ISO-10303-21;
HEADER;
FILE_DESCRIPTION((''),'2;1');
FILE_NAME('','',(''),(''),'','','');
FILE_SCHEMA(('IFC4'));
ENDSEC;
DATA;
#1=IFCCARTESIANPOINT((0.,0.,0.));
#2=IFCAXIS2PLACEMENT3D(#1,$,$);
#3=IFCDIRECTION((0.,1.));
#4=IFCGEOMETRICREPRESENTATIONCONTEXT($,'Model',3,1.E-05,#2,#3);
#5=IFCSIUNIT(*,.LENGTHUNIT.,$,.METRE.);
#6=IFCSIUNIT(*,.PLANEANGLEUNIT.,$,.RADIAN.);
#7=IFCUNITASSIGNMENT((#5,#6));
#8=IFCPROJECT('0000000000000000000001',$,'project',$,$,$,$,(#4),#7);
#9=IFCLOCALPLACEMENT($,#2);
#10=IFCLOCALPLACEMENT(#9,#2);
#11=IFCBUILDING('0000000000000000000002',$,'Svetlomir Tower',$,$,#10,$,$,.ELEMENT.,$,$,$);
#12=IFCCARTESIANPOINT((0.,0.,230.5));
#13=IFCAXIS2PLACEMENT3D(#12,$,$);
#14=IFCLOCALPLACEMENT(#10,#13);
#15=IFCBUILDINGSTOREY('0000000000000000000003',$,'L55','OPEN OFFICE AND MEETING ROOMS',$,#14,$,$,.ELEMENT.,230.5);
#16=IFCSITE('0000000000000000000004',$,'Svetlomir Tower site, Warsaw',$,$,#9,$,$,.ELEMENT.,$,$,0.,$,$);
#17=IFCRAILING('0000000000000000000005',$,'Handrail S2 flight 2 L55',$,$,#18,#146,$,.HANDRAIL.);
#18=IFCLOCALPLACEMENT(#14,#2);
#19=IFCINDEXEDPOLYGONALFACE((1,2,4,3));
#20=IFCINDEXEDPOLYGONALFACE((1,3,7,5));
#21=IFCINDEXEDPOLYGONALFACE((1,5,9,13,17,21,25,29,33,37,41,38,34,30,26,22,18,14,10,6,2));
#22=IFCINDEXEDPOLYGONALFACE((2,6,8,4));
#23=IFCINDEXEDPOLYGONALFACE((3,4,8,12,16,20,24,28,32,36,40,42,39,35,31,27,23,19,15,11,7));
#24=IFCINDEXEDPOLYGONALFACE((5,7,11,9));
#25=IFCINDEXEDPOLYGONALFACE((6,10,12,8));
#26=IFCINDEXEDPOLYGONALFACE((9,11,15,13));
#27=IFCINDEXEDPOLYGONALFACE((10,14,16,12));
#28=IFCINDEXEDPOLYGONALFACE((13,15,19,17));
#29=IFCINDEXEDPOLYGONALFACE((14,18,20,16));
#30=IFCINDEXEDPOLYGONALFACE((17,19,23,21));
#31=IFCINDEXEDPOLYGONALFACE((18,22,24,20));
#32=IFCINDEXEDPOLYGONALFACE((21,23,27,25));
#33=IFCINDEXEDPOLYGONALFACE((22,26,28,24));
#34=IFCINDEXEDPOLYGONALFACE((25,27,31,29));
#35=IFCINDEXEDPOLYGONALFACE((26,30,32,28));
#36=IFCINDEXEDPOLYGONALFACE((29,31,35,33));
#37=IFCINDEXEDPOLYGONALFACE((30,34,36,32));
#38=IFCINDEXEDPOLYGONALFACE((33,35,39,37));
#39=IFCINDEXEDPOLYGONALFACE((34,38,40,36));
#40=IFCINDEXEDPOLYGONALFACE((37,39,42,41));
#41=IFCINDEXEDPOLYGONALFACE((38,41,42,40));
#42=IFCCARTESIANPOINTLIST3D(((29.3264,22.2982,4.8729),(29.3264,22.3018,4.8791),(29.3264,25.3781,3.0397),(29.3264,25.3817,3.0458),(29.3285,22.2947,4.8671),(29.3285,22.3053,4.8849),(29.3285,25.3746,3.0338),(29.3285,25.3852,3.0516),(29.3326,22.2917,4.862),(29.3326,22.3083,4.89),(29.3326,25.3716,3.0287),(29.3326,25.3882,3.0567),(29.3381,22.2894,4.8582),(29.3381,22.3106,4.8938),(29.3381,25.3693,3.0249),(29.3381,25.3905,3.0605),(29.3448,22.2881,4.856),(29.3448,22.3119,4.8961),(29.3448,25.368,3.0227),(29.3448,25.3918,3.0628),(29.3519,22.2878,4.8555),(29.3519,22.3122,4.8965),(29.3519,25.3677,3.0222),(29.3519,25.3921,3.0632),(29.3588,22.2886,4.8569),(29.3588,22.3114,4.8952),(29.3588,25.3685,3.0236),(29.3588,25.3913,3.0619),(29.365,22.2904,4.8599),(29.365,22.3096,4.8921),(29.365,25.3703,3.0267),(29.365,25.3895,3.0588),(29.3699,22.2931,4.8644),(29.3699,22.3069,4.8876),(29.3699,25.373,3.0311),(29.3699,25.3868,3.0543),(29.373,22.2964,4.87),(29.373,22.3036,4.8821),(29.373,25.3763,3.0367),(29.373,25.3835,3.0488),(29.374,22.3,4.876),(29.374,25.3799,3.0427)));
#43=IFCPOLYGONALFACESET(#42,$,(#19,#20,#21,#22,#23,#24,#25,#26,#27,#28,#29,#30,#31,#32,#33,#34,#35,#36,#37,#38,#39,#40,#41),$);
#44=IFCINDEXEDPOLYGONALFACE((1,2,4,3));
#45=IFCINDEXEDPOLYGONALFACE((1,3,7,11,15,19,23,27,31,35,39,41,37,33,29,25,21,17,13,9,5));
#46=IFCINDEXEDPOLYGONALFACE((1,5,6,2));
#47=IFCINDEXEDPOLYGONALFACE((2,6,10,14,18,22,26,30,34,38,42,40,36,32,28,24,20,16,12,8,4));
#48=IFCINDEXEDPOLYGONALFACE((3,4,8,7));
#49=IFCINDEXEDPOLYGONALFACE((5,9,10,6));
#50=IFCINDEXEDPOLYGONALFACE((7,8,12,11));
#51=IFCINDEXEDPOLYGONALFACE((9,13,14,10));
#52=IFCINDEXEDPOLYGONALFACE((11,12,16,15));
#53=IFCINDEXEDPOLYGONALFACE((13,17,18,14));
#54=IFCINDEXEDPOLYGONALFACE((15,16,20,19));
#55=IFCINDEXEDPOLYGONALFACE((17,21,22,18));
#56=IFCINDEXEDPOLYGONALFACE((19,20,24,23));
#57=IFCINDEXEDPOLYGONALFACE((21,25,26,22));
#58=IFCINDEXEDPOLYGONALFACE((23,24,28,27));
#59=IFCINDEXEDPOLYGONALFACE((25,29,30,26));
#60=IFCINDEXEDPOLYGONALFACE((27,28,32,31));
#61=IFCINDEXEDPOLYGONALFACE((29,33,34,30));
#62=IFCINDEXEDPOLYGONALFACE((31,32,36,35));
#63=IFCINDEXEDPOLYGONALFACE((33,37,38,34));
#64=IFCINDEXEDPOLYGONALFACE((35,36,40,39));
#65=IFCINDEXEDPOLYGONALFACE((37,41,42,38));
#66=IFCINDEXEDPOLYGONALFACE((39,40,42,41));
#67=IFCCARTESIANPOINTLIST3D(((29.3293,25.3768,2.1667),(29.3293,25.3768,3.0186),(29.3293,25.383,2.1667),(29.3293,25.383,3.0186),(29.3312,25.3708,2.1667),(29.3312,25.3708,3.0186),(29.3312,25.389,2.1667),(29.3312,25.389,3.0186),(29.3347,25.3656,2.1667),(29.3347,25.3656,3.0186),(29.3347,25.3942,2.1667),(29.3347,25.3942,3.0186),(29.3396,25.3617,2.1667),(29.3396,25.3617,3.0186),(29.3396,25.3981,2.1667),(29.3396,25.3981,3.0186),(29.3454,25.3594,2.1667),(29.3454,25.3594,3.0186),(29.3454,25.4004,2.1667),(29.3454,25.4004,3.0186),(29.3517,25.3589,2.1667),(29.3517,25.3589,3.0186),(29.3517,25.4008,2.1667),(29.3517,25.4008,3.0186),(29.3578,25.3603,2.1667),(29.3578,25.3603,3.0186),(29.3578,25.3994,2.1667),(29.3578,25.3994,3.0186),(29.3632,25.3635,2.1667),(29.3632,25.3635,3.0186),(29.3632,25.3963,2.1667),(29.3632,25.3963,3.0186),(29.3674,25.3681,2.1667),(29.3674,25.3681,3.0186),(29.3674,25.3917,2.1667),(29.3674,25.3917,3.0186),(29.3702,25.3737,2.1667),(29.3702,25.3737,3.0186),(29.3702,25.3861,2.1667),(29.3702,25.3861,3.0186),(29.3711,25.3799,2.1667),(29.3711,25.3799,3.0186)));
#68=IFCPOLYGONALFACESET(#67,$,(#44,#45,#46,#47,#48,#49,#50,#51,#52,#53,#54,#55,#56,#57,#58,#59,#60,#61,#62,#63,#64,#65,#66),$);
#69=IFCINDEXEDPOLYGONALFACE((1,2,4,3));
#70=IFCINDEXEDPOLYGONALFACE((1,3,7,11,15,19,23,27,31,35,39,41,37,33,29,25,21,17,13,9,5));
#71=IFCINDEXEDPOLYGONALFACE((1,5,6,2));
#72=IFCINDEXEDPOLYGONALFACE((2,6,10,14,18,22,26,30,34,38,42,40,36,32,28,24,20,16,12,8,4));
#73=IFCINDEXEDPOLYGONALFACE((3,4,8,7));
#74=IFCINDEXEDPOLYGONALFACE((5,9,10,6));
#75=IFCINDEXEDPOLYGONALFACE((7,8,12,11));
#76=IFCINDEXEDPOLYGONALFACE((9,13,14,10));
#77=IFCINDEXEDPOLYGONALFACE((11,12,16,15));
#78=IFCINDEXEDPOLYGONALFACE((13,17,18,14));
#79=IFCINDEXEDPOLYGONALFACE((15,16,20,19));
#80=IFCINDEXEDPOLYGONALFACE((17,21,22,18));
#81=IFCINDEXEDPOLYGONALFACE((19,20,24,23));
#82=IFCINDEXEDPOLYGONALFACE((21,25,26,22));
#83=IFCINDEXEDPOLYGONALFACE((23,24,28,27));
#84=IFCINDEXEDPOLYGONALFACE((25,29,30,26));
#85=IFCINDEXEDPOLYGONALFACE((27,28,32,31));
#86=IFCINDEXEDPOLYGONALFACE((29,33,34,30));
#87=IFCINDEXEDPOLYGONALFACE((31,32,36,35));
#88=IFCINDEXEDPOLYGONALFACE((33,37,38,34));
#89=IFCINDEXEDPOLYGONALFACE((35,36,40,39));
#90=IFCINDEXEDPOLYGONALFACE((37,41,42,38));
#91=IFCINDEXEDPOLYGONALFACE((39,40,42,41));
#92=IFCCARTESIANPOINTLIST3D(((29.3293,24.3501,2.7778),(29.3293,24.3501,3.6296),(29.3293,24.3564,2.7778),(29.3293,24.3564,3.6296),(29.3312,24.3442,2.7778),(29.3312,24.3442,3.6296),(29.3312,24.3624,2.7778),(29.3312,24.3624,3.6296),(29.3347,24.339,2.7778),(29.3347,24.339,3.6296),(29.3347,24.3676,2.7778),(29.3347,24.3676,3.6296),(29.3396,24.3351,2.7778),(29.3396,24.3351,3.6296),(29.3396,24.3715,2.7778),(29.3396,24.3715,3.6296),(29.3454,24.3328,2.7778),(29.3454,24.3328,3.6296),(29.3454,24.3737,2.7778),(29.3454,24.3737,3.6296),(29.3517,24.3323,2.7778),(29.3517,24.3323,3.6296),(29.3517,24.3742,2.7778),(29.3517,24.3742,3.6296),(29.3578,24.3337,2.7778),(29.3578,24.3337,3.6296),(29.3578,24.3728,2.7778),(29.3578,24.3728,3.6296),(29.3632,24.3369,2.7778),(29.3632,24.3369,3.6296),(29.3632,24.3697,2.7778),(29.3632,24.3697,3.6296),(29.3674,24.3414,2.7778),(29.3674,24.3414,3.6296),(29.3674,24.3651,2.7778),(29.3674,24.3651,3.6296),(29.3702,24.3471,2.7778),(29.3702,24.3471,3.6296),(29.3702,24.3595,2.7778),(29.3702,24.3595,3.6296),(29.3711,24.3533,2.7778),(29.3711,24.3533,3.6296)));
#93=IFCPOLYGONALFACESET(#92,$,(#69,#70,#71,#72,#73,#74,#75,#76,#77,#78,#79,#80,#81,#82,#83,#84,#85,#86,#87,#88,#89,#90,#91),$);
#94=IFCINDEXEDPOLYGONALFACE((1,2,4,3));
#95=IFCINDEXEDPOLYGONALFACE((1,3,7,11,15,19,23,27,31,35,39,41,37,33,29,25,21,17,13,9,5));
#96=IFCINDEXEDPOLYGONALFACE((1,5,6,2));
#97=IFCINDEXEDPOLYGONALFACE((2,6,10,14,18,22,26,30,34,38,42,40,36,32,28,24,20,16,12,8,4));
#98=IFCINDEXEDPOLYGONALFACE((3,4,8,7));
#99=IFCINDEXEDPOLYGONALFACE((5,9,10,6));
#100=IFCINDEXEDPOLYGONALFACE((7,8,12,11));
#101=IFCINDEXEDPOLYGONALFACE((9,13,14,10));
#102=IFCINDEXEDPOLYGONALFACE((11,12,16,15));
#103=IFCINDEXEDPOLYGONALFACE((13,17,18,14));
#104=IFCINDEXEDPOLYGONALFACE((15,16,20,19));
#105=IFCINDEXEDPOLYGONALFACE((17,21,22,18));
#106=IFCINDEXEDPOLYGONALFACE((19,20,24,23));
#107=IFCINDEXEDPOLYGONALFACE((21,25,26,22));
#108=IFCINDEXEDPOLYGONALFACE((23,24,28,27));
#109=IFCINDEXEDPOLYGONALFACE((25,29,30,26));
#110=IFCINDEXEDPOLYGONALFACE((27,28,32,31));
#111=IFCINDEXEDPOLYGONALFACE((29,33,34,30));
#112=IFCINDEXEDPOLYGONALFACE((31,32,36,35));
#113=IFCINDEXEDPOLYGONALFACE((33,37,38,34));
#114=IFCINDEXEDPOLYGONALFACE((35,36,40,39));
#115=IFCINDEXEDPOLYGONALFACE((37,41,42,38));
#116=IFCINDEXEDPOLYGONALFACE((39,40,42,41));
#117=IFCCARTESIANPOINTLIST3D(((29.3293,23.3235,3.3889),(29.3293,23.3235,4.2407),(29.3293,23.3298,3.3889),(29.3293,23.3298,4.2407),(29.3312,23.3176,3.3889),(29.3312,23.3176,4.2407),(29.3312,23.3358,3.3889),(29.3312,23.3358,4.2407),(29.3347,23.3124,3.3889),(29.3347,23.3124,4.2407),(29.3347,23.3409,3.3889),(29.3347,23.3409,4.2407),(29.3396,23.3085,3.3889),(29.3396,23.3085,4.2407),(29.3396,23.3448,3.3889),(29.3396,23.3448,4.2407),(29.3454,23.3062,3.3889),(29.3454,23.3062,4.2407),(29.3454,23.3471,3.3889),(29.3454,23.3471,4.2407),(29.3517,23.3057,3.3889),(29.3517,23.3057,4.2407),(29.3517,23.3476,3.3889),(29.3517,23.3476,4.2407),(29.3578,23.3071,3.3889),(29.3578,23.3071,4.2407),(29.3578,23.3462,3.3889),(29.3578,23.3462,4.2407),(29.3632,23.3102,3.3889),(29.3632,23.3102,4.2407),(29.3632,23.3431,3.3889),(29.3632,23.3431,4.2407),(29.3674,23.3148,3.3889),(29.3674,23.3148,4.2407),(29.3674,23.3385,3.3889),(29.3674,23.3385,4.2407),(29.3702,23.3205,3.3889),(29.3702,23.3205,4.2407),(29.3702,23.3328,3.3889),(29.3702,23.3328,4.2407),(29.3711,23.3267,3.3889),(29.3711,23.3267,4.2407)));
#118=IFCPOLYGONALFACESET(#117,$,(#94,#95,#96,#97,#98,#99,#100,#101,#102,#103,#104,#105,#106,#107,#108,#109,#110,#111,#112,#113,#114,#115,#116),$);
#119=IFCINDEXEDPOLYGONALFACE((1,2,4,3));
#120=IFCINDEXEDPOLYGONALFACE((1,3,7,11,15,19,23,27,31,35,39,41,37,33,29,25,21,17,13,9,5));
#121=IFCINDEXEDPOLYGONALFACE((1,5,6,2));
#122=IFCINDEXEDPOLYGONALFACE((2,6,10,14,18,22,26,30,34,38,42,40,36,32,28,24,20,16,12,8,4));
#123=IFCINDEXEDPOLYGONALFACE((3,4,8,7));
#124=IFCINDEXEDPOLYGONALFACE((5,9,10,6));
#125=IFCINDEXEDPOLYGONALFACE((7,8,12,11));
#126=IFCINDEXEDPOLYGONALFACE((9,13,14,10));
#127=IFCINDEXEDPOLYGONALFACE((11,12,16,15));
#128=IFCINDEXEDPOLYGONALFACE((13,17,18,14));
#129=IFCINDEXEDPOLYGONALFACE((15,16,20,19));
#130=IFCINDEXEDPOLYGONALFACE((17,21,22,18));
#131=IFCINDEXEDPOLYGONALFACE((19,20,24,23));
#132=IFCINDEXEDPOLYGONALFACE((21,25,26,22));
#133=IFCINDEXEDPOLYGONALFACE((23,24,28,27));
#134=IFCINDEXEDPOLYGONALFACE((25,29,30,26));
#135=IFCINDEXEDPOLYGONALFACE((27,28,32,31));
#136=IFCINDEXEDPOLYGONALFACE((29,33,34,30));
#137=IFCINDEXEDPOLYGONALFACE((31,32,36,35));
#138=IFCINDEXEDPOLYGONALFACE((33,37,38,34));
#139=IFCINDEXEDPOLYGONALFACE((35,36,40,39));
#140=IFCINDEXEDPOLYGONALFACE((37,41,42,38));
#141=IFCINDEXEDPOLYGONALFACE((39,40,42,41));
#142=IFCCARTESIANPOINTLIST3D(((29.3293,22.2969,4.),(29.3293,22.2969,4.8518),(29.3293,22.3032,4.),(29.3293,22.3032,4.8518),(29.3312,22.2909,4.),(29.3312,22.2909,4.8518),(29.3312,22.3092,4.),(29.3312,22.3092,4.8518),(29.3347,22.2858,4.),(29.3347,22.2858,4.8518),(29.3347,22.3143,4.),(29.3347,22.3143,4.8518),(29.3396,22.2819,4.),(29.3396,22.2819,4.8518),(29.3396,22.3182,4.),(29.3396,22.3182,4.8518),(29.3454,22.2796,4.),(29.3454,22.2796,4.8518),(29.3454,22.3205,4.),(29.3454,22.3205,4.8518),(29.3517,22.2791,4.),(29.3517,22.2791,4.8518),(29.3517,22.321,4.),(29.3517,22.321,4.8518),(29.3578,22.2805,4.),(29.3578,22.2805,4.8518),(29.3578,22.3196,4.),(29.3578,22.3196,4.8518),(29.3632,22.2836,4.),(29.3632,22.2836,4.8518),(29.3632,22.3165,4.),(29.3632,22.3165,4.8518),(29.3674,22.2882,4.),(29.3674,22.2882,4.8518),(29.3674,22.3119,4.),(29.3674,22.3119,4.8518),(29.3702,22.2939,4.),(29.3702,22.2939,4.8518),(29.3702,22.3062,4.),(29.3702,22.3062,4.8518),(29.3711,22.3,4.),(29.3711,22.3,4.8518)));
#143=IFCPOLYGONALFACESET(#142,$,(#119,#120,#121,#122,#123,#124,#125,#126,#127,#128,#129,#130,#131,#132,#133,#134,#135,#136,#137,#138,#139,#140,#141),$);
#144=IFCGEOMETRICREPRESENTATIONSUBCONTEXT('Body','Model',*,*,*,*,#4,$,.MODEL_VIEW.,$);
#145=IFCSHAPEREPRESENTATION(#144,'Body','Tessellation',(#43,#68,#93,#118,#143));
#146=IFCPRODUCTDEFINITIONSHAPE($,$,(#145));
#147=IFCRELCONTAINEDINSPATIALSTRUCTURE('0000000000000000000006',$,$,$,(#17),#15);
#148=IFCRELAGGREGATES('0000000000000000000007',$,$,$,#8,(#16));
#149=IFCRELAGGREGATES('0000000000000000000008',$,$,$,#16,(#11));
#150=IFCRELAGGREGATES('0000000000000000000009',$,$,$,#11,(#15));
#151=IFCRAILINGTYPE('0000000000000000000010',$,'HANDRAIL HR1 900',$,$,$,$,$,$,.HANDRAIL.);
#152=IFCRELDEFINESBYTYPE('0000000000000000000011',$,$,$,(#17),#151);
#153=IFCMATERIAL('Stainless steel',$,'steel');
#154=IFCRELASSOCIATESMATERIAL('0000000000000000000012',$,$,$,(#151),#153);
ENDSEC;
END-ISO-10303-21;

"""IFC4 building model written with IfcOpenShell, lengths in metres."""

from ifc_helpers import new_model, si_unit, direction, frame, origin, origin_2d, place, context, subcontext, project, spatial, circle, extrude, material, type_object, element, save


model = new_model("IFC4")

# Units and contexts
model_context = context("Model", 3, precision=1e-05, world=origin(), true_north=direction((0.0, 1.0)))
body_context = subcontext(model_context, "Body", "Model", "MODEL_VIEW")
ifc_project = project(units=[si_unit("LENGTHUNIT", "METRE"), si_unit("PLANEANGLEUNIT", "RADIAN")], contexts=[model_context])

# Site, building, storey
site_placement = place(None, origin())
site = spatial("IfcSite", under=ifc_project, at=site_placement, Name="Svetlomir Tower site, Warsaw", CompositionType="ELEMENT", RefElevation=0.0)
building_placement = place(site_placement, origin())
building = spatial("IfcBuilding", under=site, at=building_placement, Name="Svetlomir Tower", CompositionType="ELEMENT")
storey_placement = place(building_placement, frame((0.0, 0.0, 230.5)))
storey = spatial("IfcBuildingStorey", under=building, at=storey_placement, Name="L55", Description="OPEN OFFICE AND MEETING ROOMS", CompositionType="ELEMENT", Elevation=230.5)

# Railing
ifc_material_1 = material(Name="Stainless steel", Category="steel")
railing_type = type_object("IfcRailingType", Name="HANDRAIL HR1 900", PredefinedType="HANDRAIL", material=ifc_material_1)
railing_1_placement = place(storey_placement, frame((29.3501, 25.3799, 2.1667)))
element("IfcRailing", 1, at=railing_1_placement, inside=storey, type_object=railing_type, Name="Handrail S2 flight 2 L55", PredefinedType="HANDRAIL", context=body_context, shape_type="SweptSolid", body=[
    extrude(circle(Radius=0.0239, at=origin_2d()), frame((0.0, 0.0, 0.876), z_axis=(0.0, -0.859291, 0.511487), x_axis=(1.0, 0.0, 0.0)), (0.0, 0.0, 1.0), 3.5842),
    extrude(circle(Radius=0.021, at=origin_2d()), origin(), (0.0, 0.0, 1.0), 0.8518),
    extrude(circle(Radius=0.021, at=origin_2d()), frame((0.0, -1.0266, 0.6111)), (0.0, 0.0, 1.0), 0.8518),
    extrude(circle(Radius=0.021, at=origin_2d()), frame((0.0, -2.0532, 1.2222)), (0.0, 0.0, 1.0), 0.8518),
    extrude(circle(Radius=0.021, at=origin_2d()), frame((0.0, -3.0798, 1.8333)), (0.0, 0.0, 1.0), 0.8518),
])

save(model, "model.ifc")
